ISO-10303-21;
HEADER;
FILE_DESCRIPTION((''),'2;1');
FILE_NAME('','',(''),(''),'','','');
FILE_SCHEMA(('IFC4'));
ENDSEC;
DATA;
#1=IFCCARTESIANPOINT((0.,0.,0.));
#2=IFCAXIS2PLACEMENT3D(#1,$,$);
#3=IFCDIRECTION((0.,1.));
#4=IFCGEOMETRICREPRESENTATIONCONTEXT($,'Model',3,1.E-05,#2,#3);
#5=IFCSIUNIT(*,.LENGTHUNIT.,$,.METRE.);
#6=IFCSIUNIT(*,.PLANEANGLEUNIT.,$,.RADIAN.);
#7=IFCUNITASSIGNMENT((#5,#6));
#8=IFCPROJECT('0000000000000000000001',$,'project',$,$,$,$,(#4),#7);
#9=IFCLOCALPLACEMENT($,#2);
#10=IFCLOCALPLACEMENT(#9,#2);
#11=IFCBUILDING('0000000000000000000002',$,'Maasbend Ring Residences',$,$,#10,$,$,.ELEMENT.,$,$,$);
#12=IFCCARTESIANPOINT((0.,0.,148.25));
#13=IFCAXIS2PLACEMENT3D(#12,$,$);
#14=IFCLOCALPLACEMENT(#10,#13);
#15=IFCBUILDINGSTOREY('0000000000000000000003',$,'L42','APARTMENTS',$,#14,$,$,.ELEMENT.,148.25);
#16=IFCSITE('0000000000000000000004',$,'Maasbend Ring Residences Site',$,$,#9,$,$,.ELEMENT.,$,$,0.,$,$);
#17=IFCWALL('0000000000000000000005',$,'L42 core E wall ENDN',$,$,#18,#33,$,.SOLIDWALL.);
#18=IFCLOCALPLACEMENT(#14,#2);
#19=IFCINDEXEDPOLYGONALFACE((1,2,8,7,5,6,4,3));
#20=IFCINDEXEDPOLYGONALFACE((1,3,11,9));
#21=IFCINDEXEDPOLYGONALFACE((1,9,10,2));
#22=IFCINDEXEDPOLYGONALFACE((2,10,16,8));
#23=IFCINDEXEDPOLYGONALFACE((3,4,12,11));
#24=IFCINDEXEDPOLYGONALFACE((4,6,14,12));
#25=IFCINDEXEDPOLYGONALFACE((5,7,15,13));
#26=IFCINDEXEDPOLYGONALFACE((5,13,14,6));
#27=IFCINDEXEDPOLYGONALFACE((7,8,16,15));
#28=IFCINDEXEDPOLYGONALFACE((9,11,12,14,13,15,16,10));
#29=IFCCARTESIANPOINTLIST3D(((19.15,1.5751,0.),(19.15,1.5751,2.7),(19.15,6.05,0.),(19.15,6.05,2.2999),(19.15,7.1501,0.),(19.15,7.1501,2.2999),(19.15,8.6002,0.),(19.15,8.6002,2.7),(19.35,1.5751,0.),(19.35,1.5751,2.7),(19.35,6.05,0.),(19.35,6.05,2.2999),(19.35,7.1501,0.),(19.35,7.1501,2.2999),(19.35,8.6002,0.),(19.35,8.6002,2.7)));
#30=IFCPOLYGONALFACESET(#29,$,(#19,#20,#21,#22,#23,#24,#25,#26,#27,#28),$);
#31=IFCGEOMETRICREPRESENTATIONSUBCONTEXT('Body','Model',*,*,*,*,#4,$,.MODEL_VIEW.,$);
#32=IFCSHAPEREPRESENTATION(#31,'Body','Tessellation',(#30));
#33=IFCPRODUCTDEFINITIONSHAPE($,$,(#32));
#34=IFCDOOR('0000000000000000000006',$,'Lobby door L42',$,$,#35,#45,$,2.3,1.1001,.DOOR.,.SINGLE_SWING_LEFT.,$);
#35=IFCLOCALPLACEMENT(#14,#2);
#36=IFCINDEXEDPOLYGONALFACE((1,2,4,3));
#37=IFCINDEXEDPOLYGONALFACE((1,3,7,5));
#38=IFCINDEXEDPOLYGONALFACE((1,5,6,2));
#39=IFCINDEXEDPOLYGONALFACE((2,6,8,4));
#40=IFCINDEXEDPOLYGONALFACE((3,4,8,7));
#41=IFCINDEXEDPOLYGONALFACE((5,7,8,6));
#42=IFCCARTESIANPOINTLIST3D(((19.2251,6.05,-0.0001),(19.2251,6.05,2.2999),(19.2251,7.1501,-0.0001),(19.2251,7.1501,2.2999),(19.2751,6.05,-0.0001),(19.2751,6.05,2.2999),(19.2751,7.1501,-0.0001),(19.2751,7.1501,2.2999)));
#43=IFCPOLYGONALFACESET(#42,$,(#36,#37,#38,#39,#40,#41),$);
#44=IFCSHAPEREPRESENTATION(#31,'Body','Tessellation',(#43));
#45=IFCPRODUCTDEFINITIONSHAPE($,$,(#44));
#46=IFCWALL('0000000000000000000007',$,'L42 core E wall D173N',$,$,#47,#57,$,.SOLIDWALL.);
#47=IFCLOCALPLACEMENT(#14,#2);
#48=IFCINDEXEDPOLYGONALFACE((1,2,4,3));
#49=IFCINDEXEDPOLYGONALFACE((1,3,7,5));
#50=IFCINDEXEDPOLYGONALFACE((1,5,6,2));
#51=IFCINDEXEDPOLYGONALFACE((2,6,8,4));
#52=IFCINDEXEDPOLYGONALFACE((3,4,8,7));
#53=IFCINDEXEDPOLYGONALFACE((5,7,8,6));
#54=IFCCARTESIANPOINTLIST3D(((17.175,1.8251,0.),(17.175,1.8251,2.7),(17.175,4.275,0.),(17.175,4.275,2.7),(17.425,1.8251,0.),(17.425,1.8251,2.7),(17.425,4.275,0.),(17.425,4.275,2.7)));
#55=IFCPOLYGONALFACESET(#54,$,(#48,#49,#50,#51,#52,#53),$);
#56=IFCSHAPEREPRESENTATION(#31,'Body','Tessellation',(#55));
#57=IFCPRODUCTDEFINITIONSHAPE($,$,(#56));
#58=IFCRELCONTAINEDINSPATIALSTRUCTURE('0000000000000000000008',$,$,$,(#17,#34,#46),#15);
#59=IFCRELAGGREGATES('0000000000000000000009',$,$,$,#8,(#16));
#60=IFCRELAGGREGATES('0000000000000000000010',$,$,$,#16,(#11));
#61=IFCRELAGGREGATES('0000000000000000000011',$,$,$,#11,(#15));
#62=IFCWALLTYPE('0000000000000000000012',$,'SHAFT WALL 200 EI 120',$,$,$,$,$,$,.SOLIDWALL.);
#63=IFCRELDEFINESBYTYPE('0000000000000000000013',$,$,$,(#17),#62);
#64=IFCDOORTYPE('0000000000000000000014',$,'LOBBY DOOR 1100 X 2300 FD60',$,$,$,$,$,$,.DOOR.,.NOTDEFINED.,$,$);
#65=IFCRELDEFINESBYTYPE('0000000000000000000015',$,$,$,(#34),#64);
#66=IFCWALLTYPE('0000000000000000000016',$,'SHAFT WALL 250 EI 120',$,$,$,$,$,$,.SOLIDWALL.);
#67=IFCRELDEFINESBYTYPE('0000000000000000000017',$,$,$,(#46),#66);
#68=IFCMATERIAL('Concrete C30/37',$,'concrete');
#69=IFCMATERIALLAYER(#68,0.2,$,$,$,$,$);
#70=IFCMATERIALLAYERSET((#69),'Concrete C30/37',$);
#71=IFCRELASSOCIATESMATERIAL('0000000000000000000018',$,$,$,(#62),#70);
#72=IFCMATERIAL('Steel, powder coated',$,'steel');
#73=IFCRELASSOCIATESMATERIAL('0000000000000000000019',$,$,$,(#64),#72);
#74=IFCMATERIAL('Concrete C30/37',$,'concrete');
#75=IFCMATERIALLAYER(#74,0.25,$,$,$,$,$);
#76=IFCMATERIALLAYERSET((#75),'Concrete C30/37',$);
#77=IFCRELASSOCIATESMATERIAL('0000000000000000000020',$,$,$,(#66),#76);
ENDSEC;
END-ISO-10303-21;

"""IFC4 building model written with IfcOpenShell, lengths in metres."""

from ifc_helpers import new_model, si_unit, direction, frame, frame_2d, origin, place, context, subcontext, project, spatial, rectangle, extrude, material, layer, layer_set, type_object, element, fill, save


model = new_model("IFC4")

# Units and contexts
model_context = context("Model", 3, precision=1e-05, world=origin(), true_north=direction((0.0, 1.0)))
body_context = subcontext(model_context, "Body", "Model", "MODEL_VIEW")
ifc_project = project(units=[si_unit("LENGTHUNIT", "METRE"), si_unit("PLANEANGLEUNIT", "RADIAN")], contexts=[model_context])

# Site, building, storey
site_placement = place(None, origin())
site = spatial("IfcSite", under=ifc_project, at=site_placement, Name="Maasbend Ring Residences Site", CompositionType="ELEMENT", RefElevation=0.0)
building_placement = place(site_placement, origin())
building = spatial("IfcBuilding", under=site, at=building_placement, Name="Maasbend Ring Residences", CompositionType="ELEMENT")
storey_placement = place(building_placement, frame((0.0, 0.0, 148.25)))
storey = spatial("IfcBuildingStorey", under=building, at=storey_placement, Name="L42", Description="APARTMENTS", CompositionType="ELEMENT", Elevation=148.25)

# Wall, opening, door
ifc_material_1 = material(Name="Concrete C30/37", Category="concrete")
ifc_layer_1 = layer(ifc_material_1, 0.2)
ifc_layer_set_1 = layer_set([ifc_layer_1], Name="Concrete C30/37")
wall_type_1 = type_object("IfcWallType", Name="SHAFT WALL 200 EI 120", PredefinedType="SOLIDWALL", material=ifc_layer_set_1)
wall_1_placement = place(storey_placement, frame((19.25, 1.575, 0.0), z_axis=(0.0, 0.0, 1.0), x_axis=(0.0, 1.0, 0.0)))
wall_1 = element("IfcWall", 1, at=wall_1_placement, inside=storey, type_object=wall_type_1, Name="L42 core E wall ENDN", PredefinedType="SOLIDWALL", context=body_context, shape_type="SweptSolid", body=[
    extrude(rectangle(XDim=7.0251, YDim=0.2, at=frame_2d((3.5127, 0.0))), origin(), (0.0, 0.0, 1.0), 2.7),
])
opening_1_placement = place(wall_1_placement, frame((4.4751, 0.0, 0.0)))
opening_1 = element("IfcOpeningElement", 2, at=opening_1_placement, cuts=wall_1, PredefinedType="OPENING", context=body_context, shape_type="SweptSolid", body=[
    extrude(rectangle(XDim=1.1001, YDim=2.3, at=frame_2d((0.55, 1.1499))), frame((0.0, 0.1099, 0.0), z_axis=(0.0, -1.0, 0.0), x_axis=(1.0, 0.0, 0.0)), (0.0, 0.0, 1.0), 0.22),
])
ifc_material_2 = material(Name="Steel, powder coated", Category="steel")
door_type_1 = type_object("IfcDoorType", Name="LOBBY DOOR 1100 X 2300 FD60", OperationType="NOTDEFINED", PredefinedType="DOOR", material=ifc_material_2)
door_1_placement = place(opening_1_placement, origin())
door_1 = element("IfcDoor", 3, at=door_1_placement, inside=storey, type_object=door_type_1, Name="Lobby door L42", OperationType="SINGLE_SWING_LEFT", OverallHeight=2.3, OverallWidth=1.1001, PredefinedType="DOOR", context=body_context, shape_type="SweptSolid", body=[
    extrude(rectangle(XDim=1.1001, YDim=2.3, at=frame_2d((0.55, 1.1499))), frame((0.0, 0.0249, 0.0), z_axis=(0.0, -1.0, 0.0), x_axis=(1.0, 0.0, 0.0)), (0.0, 0.0, 1.0), 0.05),
])
fill(opening_1, door_1)

# Wall
ifc_material_3 = material(Name="Concrete C30/37", Category="concrete")
ifc_layer_2 = layer(ifc_material_3, 0.25)
ifc_layer_set_2 = layer_set([ifc_layer_2], Name="Concrete C30/37")
wall_type_2 = type_object("IfcWallType", Name="SHAFT WALL 250 EI 120", PredefinedType="SOLIDWALL", material=ifc_layer_set_2)
wall_2_placement = place(storey_placement, frame((17.3, 1.825, 0.0), z_axis=(0.0, 0.0, 1.0), x_axis=(0.0, 1.0, 0.0)))
element("IfcWall", 4, at=wall_2_placement, inside=storey, type_object=wall_type_2, Name="L42 core E wall D173N", PredefinedType="SOLIDWALL", context=body_context, shape_type="SweptSolid", body=[
    extrude(rectangle(XDim=2.45, YDim=0.25, at=frame_2d((1.2251, 0.0))), origin(), (0.0, 0.0, 1.0), 2.7),
])

save(model, "model.ifc")
